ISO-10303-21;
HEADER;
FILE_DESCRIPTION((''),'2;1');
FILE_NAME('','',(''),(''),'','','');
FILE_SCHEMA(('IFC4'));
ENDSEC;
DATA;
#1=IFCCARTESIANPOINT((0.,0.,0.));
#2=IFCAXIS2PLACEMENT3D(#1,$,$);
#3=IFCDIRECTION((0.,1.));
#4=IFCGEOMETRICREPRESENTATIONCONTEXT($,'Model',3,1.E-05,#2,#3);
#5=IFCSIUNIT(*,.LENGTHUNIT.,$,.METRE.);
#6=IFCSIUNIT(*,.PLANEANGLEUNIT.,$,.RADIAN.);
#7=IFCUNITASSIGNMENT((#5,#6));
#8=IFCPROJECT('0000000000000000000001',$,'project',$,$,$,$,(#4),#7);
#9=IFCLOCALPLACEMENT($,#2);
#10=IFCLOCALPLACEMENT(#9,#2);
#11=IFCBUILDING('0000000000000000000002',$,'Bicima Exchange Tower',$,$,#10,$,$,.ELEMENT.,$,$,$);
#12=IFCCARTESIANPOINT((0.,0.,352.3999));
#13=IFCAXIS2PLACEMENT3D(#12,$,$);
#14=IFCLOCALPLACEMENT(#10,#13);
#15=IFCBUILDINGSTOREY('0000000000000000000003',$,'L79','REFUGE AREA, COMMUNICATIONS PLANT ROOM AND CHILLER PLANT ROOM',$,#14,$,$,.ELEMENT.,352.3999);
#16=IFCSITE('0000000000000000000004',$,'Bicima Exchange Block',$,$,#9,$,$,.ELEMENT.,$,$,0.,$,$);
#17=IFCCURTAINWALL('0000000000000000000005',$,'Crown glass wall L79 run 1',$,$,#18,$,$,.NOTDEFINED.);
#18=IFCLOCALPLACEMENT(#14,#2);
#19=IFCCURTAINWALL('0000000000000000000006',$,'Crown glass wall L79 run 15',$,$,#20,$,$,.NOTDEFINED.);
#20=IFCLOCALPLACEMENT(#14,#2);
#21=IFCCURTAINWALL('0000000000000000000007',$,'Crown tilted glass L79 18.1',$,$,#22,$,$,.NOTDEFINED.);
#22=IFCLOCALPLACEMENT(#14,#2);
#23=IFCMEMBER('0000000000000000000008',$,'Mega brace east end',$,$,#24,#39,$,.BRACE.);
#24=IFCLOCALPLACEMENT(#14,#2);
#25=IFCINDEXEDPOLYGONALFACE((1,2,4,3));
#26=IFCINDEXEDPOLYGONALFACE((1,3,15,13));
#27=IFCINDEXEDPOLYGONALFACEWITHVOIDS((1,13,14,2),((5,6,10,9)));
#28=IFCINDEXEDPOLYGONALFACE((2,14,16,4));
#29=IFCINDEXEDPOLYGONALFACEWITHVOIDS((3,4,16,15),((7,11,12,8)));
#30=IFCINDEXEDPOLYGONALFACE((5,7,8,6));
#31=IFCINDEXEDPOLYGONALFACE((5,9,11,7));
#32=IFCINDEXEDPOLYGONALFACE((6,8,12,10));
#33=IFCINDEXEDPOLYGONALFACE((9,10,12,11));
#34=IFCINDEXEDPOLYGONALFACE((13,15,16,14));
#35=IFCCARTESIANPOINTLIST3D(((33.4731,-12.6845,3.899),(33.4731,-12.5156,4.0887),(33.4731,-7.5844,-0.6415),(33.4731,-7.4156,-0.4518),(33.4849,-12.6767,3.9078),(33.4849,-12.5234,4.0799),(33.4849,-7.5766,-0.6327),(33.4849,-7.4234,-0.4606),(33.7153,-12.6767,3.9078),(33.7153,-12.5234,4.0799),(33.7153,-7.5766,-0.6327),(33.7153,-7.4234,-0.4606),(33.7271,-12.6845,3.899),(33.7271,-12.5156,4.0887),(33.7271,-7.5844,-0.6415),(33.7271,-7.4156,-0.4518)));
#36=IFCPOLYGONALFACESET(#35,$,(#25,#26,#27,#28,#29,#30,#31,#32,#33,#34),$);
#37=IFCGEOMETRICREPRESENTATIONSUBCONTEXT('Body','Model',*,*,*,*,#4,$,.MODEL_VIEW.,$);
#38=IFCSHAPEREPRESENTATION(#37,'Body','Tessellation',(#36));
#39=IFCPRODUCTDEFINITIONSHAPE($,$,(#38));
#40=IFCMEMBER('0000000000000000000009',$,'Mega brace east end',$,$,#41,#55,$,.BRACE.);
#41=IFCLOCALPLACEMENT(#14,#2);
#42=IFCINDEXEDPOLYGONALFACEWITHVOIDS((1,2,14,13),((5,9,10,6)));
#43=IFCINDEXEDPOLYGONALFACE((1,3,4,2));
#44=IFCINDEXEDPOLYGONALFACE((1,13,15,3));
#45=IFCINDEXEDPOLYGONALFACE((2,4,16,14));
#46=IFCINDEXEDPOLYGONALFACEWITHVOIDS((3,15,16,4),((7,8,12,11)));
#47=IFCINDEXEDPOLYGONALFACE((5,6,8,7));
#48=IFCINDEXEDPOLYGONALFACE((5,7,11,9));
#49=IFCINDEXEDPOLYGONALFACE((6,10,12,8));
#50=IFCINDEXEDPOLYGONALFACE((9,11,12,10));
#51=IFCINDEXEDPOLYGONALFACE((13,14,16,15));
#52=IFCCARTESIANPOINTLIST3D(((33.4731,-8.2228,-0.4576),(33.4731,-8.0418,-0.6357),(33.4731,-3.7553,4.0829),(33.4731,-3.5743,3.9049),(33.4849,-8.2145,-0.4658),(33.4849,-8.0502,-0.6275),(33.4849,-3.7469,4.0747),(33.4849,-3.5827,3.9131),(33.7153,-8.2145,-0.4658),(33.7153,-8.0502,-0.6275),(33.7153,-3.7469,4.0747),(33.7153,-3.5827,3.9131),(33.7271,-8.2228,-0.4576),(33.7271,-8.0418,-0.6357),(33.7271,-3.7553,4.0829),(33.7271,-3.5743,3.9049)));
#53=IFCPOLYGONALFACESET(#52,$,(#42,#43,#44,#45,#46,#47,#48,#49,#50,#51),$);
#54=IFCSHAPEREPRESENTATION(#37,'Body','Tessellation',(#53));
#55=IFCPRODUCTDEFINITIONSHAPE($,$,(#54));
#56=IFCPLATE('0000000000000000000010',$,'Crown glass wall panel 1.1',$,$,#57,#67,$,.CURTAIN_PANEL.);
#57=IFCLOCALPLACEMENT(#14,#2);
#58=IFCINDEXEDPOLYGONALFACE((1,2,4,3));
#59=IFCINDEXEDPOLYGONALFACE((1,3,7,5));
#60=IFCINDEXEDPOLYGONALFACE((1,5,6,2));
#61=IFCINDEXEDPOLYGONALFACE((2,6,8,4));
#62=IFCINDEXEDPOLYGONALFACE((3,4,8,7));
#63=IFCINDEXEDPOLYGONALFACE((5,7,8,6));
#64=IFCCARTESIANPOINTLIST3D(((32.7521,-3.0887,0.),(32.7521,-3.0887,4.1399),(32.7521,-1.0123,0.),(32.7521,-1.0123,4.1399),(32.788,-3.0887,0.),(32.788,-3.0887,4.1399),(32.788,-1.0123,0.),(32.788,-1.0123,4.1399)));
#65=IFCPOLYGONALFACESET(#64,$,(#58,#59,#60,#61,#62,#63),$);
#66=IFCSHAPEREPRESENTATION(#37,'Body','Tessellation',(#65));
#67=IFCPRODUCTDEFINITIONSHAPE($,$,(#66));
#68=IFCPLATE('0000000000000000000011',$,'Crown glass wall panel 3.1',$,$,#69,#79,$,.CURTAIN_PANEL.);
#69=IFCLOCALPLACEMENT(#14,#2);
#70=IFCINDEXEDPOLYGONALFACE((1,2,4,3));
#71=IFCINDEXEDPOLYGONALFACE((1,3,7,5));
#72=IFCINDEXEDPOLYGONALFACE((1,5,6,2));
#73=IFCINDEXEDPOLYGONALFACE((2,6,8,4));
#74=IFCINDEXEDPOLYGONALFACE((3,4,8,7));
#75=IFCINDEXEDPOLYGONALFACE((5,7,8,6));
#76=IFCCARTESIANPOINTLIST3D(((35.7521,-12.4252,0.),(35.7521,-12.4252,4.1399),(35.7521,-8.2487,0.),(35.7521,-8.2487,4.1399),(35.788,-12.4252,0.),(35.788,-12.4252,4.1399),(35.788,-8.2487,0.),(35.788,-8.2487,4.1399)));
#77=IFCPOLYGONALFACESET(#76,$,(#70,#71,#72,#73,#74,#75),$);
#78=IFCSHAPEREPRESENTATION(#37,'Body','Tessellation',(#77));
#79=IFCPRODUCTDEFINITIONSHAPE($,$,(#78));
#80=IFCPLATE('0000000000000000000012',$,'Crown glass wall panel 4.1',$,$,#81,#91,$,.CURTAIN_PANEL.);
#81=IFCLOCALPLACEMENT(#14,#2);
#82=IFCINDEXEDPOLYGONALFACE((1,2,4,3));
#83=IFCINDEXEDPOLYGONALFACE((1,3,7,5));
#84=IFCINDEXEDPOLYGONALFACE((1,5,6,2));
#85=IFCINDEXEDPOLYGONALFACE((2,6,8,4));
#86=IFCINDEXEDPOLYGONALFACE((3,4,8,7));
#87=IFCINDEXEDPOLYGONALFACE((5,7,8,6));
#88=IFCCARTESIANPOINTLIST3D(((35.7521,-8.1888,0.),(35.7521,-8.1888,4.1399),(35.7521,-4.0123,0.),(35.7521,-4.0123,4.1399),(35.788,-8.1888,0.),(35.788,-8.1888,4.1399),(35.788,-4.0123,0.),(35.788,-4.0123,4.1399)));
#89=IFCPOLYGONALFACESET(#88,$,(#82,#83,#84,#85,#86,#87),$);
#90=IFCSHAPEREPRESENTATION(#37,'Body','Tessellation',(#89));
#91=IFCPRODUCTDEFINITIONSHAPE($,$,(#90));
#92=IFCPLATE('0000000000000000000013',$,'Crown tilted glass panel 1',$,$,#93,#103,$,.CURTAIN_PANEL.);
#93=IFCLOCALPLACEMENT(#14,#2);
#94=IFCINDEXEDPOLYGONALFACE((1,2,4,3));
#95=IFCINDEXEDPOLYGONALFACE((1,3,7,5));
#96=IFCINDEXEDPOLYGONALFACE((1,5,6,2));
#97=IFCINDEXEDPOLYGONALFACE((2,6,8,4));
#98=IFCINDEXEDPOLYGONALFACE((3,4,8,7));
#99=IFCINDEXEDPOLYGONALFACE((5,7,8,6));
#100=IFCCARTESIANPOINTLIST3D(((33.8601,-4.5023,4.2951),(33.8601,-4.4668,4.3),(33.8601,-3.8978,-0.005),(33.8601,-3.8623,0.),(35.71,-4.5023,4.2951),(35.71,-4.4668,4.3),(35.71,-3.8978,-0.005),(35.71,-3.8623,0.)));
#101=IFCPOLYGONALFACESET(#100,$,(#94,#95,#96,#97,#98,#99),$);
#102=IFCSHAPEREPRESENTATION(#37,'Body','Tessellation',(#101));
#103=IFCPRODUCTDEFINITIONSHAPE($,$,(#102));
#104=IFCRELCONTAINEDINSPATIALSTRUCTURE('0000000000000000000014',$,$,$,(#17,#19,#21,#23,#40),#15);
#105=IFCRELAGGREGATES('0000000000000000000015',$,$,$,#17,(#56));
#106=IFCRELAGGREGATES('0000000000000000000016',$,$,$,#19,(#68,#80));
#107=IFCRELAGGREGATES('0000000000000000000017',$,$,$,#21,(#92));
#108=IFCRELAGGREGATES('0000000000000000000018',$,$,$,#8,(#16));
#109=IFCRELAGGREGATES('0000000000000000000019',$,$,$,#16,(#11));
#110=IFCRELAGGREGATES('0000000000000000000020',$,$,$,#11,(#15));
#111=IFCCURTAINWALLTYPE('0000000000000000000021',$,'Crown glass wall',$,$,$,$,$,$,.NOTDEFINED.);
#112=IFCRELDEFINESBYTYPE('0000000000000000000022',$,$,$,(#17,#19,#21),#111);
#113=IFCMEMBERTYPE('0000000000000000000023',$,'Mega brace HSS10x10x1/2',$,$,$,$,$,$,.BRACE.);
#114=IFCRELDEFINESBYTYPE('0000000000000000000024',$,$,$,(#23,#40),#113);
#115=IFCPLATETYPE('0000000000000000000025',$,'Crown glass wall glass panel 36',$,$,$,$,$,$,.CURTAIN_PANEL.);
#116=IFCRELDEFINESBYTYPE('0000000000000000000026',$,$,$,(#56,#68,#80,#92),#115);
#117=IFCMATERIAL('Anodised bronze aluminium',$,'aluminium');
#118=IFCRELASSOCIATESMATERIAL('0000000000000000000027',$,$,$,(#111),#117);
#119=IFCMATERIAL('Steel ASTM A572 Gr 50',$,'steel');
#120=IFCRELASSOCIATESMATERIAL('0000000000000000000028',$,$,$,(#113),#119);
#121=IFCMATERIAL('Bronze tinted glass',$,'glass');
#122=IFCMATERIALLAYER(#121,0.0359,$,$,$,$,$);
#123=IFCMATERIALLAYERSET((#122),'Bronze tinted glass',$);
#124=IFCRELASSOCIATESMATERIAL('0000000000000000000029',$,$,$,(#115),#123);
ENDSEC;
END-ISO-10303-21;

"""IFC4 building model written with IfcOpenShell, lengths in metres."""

from ifc_helpers import new_model, si_unit, direction, frame, origin, origin_2d, place, context, subcontext, project, spatial, polyline, rectangle, hollow_rectangle, outline, extrude, material, layer, layer_set, material_profile, profile_set, type_object, element, aggregate, save


model = new_model("IFC4")

# Units and contexts
model_context = context("Model", 3, precision=1e-05, world=origin(), true_north=direction((0.0, 1.0)))
body_context = subcontext(model_context, "Body", "Model", "MODEL_VIEW")
ifc_project = project(units=[si_unit("LENGTHUNIT", "METRE"), si_unit("PLANEANGLEUNIT", "RADIAN")], contexts=[model_context])

# Site, building, storey
site_placement = place(None, origin())
site = spatial("IfcSite", under=ifc_project, at=site_placement, Name="Bicima Exchange Block", CompositionType="ELEMENT", RefElevation=0.0)
building_placement = place(site_placement, origin())
building = spatial("IfcBuilding", under=site, at=building_placement, Name="Bicima Exchange Tower", CompositionType="ELEMENT")
storey_placement = place(building_placement, frame((0.0, 0.0, 352.3999)))
storey = spatial("IfcBuildingStorey", under=building, at=storey_placement, Name="L79", Description="REFUGE AREA, COMMUNICATIONS PLANT ROOM AND CHILLER PLANT ROOM", CompositionType="ELEMENT", Elevation=352.3999)

# Shared definitions
ifc_material_1 = material(Name="Steel ASTM A572 Gr 50", Category="steel")

# Curtain walls
ifc_material_2 = material(Name="Anodised bronze aluminium", Category="aluminium")
curtain_wall_type = type_object("IfcCurtainWallType", Name="Crown glass wall", PredefinedType="NOTDEFINED", material=ifc_material_2)
curtain_wall_1_placement = place(storey_placement, origin())
curtain_wall_1 = element("IfcCurtainWall", 1, at=curtain_wall_1_placement, inside=storey, type_object=curtain_wall_type, Name="Crown glass wall L79 run 1", PredefinedType="NOTDEFINED")
curtain_wall_2_placement = place(storey_placement, origin())
curtain_wall_2 = element("IfcCurtainWall", 2, at=curtain_wall_2_placement, inside=storey, type_object=curtain_wall_type, Name="Crown glass wall L79 run 15", PredefinedType="NOTDEFINED")
curtain_wall_3_placement = place(storey_placement, origin())
curtain_wall_3 = element("IfcCurtainWall", 3, at=curtain_wall_3_placement, inside=storey, type_object=curtain_wall_type, Name="Crown tilted glass L79 18.1", PredefinedType="NOTDEFINED")

# Members
ifc_material_profile_1 = material_profile(ifc_material_1, hollow_rectangle(XDim=0.2539, YDim=0.2539, WallThickness=0.0117, at=origin_2d()))
ifc_profile_set_1 = profile_set([ifc_material_profile_1], Name="Steel ASTM A572 Gr 50")
member_type_1 = type_object("IfcMemberType", Name="Mega brace HSS10x10x1/2", PredefinedType="BRACE", material=ifc_profile_set_1)
member_1_placement = place(storey_placement, frame((33.6001, -7.5, -0.5466), z_axis=(0.0, -0.746892, 0.664945), x_axis=(1.0, 0.0, 0.0)))
element("IfcMember", 4, at=member_1_placement, inside=storey, type_object=member_type_1, Name="Mega brace east end", PredefinedType="BRACE", context=body_context, shape_type="SweptSolid", body=[
    extrude(hollow_rectangle(XDim=0.2539, YDim=0.2539, WallThickness=0.0117, at=origin_2d()), origin(), (0.0, 0.0, 1.0), 6.8284),
])
member_2_placement = place(storey_placement, frame((33.6001, -8.1323, -0.5466), z_axis=(0.0, 0.701354, 0.712814), x_axis=(-1.0, 0.0, 0.0)))
element("IfcMember", 5, at=member_2_placement, inside=storey, type_object=member_type_1, Name="Mega brace east end", PredefinedType="BRACE", context=body_context, shape_type="SweptSolid", body=[
    extrude(hollow_rectangle(XDim=0.2539, YDim=0.2539, WallThickness=0.0117, at=origin_2d()), origin(), (0.0, 0.0, 1.0), 6.3699),
])

# Plates
ifc_material_3 = material(Name="Bronze tinted glass", Category="glass")
ifc_layer = layer(ifc_material_3, 0.0359)
ifc_layer_set = layer_set([ifc_layer], Name="Bronze tinted glass")
plate_type = type_object("IfcPlateType", Name="Crown glass wall glass panel 36", PredefinedType="CURTAIN_PANEL", material=ifc_layer_set)
plate_1_placement = place(storey_placement, frame((32.77, -2.0505, 0.0), z_axis=(0.0, 0.0, 1.0), x_axis=(0.0, 1.0, 0.0)))
plate_1 = element("IfcPlate", 6, at=plate_1_placement, type_object=plate_type, Name="Crown glass wall panel 1.1", PredefinedType="CURTAIN_PANEL", context=body_context, shape_type="SweptSolid", body=[
    extrude(rectangle(XDim=2.0764, YDim=0.0359, at=origin_2d()), origin(), (0.0, 0.0, 1.0), 4.1399),
])
aggregate(curtain_wall_1, [plate_1])
plate_2_placement = place(storey_placement, frame((35.77, -10.3369, 0.0), z_axis=(0.0, 0.0, 1.0), x_axis=(0.0, 1.0, 0.0)))
plate_2 = element("IfcPlate", 7, at=plate_2_placement, type_object=plate_type, Name="Crown glass wall panel 3.1", PredefinedType="CURTAIN_PANEL", context=body_context, shape_type="SweptSolid", body=[
    extrude(rectangle(XDim=4.1765, YDim=0.0359, at=origin_2d()), origin(), (0.0, 0.0, 1.0), 4.1399),
])
plate_3_placement = place(storey_placement, frame((35.77, -6.1006, 0.0), z_axis=(0.0, 0.0, 1.0), x_axis=(0.0, 1.0, 0.0)))
plate_3 = element("IfcPlate", 8, at=plate_3_placement, type_object=plate_type, Name="Crown glass wall panel 4.1", PredefinedType="CURTAIN_PANEL", context=body_context, shape_type="SweptSolid", body=[
    extrude(rectangle(XDim=4.1765, YDim=0.0359, at=origin_2d()), origin(), (0.0, 0.0, 1.0), 4.1399),
])
aggregate(curtain_wall_2, [plate_2, plate_3])
plate_4_placement = place(storey_placement, frame((35.71, -3.8623, 0.0), z_axis=(0.0, 0.990263, 0.139209), x_axis=(-1.0, 0.0, 0.0)))
plate_4 = element("IfcPlate", 9, at=plate_4_placement, type_object=plate_type, Name="Crown tilted glass panel 1", PredefinedType="CURTAIN_PANEL", context=body_context, shape_type="SweptSolid", body=[
    extrude(outline(polyline([(0.0, 0.0), (1.8499, 0.0), (1.8499, 4.3423), (0.0, 4.3423), (0.0, 0.0)])), origin(), (0.0, 0.0, -1.0), 0.0359),
])
aggregate(curtain_wall_3, [plate_4])

save(model, "model.ifc")
